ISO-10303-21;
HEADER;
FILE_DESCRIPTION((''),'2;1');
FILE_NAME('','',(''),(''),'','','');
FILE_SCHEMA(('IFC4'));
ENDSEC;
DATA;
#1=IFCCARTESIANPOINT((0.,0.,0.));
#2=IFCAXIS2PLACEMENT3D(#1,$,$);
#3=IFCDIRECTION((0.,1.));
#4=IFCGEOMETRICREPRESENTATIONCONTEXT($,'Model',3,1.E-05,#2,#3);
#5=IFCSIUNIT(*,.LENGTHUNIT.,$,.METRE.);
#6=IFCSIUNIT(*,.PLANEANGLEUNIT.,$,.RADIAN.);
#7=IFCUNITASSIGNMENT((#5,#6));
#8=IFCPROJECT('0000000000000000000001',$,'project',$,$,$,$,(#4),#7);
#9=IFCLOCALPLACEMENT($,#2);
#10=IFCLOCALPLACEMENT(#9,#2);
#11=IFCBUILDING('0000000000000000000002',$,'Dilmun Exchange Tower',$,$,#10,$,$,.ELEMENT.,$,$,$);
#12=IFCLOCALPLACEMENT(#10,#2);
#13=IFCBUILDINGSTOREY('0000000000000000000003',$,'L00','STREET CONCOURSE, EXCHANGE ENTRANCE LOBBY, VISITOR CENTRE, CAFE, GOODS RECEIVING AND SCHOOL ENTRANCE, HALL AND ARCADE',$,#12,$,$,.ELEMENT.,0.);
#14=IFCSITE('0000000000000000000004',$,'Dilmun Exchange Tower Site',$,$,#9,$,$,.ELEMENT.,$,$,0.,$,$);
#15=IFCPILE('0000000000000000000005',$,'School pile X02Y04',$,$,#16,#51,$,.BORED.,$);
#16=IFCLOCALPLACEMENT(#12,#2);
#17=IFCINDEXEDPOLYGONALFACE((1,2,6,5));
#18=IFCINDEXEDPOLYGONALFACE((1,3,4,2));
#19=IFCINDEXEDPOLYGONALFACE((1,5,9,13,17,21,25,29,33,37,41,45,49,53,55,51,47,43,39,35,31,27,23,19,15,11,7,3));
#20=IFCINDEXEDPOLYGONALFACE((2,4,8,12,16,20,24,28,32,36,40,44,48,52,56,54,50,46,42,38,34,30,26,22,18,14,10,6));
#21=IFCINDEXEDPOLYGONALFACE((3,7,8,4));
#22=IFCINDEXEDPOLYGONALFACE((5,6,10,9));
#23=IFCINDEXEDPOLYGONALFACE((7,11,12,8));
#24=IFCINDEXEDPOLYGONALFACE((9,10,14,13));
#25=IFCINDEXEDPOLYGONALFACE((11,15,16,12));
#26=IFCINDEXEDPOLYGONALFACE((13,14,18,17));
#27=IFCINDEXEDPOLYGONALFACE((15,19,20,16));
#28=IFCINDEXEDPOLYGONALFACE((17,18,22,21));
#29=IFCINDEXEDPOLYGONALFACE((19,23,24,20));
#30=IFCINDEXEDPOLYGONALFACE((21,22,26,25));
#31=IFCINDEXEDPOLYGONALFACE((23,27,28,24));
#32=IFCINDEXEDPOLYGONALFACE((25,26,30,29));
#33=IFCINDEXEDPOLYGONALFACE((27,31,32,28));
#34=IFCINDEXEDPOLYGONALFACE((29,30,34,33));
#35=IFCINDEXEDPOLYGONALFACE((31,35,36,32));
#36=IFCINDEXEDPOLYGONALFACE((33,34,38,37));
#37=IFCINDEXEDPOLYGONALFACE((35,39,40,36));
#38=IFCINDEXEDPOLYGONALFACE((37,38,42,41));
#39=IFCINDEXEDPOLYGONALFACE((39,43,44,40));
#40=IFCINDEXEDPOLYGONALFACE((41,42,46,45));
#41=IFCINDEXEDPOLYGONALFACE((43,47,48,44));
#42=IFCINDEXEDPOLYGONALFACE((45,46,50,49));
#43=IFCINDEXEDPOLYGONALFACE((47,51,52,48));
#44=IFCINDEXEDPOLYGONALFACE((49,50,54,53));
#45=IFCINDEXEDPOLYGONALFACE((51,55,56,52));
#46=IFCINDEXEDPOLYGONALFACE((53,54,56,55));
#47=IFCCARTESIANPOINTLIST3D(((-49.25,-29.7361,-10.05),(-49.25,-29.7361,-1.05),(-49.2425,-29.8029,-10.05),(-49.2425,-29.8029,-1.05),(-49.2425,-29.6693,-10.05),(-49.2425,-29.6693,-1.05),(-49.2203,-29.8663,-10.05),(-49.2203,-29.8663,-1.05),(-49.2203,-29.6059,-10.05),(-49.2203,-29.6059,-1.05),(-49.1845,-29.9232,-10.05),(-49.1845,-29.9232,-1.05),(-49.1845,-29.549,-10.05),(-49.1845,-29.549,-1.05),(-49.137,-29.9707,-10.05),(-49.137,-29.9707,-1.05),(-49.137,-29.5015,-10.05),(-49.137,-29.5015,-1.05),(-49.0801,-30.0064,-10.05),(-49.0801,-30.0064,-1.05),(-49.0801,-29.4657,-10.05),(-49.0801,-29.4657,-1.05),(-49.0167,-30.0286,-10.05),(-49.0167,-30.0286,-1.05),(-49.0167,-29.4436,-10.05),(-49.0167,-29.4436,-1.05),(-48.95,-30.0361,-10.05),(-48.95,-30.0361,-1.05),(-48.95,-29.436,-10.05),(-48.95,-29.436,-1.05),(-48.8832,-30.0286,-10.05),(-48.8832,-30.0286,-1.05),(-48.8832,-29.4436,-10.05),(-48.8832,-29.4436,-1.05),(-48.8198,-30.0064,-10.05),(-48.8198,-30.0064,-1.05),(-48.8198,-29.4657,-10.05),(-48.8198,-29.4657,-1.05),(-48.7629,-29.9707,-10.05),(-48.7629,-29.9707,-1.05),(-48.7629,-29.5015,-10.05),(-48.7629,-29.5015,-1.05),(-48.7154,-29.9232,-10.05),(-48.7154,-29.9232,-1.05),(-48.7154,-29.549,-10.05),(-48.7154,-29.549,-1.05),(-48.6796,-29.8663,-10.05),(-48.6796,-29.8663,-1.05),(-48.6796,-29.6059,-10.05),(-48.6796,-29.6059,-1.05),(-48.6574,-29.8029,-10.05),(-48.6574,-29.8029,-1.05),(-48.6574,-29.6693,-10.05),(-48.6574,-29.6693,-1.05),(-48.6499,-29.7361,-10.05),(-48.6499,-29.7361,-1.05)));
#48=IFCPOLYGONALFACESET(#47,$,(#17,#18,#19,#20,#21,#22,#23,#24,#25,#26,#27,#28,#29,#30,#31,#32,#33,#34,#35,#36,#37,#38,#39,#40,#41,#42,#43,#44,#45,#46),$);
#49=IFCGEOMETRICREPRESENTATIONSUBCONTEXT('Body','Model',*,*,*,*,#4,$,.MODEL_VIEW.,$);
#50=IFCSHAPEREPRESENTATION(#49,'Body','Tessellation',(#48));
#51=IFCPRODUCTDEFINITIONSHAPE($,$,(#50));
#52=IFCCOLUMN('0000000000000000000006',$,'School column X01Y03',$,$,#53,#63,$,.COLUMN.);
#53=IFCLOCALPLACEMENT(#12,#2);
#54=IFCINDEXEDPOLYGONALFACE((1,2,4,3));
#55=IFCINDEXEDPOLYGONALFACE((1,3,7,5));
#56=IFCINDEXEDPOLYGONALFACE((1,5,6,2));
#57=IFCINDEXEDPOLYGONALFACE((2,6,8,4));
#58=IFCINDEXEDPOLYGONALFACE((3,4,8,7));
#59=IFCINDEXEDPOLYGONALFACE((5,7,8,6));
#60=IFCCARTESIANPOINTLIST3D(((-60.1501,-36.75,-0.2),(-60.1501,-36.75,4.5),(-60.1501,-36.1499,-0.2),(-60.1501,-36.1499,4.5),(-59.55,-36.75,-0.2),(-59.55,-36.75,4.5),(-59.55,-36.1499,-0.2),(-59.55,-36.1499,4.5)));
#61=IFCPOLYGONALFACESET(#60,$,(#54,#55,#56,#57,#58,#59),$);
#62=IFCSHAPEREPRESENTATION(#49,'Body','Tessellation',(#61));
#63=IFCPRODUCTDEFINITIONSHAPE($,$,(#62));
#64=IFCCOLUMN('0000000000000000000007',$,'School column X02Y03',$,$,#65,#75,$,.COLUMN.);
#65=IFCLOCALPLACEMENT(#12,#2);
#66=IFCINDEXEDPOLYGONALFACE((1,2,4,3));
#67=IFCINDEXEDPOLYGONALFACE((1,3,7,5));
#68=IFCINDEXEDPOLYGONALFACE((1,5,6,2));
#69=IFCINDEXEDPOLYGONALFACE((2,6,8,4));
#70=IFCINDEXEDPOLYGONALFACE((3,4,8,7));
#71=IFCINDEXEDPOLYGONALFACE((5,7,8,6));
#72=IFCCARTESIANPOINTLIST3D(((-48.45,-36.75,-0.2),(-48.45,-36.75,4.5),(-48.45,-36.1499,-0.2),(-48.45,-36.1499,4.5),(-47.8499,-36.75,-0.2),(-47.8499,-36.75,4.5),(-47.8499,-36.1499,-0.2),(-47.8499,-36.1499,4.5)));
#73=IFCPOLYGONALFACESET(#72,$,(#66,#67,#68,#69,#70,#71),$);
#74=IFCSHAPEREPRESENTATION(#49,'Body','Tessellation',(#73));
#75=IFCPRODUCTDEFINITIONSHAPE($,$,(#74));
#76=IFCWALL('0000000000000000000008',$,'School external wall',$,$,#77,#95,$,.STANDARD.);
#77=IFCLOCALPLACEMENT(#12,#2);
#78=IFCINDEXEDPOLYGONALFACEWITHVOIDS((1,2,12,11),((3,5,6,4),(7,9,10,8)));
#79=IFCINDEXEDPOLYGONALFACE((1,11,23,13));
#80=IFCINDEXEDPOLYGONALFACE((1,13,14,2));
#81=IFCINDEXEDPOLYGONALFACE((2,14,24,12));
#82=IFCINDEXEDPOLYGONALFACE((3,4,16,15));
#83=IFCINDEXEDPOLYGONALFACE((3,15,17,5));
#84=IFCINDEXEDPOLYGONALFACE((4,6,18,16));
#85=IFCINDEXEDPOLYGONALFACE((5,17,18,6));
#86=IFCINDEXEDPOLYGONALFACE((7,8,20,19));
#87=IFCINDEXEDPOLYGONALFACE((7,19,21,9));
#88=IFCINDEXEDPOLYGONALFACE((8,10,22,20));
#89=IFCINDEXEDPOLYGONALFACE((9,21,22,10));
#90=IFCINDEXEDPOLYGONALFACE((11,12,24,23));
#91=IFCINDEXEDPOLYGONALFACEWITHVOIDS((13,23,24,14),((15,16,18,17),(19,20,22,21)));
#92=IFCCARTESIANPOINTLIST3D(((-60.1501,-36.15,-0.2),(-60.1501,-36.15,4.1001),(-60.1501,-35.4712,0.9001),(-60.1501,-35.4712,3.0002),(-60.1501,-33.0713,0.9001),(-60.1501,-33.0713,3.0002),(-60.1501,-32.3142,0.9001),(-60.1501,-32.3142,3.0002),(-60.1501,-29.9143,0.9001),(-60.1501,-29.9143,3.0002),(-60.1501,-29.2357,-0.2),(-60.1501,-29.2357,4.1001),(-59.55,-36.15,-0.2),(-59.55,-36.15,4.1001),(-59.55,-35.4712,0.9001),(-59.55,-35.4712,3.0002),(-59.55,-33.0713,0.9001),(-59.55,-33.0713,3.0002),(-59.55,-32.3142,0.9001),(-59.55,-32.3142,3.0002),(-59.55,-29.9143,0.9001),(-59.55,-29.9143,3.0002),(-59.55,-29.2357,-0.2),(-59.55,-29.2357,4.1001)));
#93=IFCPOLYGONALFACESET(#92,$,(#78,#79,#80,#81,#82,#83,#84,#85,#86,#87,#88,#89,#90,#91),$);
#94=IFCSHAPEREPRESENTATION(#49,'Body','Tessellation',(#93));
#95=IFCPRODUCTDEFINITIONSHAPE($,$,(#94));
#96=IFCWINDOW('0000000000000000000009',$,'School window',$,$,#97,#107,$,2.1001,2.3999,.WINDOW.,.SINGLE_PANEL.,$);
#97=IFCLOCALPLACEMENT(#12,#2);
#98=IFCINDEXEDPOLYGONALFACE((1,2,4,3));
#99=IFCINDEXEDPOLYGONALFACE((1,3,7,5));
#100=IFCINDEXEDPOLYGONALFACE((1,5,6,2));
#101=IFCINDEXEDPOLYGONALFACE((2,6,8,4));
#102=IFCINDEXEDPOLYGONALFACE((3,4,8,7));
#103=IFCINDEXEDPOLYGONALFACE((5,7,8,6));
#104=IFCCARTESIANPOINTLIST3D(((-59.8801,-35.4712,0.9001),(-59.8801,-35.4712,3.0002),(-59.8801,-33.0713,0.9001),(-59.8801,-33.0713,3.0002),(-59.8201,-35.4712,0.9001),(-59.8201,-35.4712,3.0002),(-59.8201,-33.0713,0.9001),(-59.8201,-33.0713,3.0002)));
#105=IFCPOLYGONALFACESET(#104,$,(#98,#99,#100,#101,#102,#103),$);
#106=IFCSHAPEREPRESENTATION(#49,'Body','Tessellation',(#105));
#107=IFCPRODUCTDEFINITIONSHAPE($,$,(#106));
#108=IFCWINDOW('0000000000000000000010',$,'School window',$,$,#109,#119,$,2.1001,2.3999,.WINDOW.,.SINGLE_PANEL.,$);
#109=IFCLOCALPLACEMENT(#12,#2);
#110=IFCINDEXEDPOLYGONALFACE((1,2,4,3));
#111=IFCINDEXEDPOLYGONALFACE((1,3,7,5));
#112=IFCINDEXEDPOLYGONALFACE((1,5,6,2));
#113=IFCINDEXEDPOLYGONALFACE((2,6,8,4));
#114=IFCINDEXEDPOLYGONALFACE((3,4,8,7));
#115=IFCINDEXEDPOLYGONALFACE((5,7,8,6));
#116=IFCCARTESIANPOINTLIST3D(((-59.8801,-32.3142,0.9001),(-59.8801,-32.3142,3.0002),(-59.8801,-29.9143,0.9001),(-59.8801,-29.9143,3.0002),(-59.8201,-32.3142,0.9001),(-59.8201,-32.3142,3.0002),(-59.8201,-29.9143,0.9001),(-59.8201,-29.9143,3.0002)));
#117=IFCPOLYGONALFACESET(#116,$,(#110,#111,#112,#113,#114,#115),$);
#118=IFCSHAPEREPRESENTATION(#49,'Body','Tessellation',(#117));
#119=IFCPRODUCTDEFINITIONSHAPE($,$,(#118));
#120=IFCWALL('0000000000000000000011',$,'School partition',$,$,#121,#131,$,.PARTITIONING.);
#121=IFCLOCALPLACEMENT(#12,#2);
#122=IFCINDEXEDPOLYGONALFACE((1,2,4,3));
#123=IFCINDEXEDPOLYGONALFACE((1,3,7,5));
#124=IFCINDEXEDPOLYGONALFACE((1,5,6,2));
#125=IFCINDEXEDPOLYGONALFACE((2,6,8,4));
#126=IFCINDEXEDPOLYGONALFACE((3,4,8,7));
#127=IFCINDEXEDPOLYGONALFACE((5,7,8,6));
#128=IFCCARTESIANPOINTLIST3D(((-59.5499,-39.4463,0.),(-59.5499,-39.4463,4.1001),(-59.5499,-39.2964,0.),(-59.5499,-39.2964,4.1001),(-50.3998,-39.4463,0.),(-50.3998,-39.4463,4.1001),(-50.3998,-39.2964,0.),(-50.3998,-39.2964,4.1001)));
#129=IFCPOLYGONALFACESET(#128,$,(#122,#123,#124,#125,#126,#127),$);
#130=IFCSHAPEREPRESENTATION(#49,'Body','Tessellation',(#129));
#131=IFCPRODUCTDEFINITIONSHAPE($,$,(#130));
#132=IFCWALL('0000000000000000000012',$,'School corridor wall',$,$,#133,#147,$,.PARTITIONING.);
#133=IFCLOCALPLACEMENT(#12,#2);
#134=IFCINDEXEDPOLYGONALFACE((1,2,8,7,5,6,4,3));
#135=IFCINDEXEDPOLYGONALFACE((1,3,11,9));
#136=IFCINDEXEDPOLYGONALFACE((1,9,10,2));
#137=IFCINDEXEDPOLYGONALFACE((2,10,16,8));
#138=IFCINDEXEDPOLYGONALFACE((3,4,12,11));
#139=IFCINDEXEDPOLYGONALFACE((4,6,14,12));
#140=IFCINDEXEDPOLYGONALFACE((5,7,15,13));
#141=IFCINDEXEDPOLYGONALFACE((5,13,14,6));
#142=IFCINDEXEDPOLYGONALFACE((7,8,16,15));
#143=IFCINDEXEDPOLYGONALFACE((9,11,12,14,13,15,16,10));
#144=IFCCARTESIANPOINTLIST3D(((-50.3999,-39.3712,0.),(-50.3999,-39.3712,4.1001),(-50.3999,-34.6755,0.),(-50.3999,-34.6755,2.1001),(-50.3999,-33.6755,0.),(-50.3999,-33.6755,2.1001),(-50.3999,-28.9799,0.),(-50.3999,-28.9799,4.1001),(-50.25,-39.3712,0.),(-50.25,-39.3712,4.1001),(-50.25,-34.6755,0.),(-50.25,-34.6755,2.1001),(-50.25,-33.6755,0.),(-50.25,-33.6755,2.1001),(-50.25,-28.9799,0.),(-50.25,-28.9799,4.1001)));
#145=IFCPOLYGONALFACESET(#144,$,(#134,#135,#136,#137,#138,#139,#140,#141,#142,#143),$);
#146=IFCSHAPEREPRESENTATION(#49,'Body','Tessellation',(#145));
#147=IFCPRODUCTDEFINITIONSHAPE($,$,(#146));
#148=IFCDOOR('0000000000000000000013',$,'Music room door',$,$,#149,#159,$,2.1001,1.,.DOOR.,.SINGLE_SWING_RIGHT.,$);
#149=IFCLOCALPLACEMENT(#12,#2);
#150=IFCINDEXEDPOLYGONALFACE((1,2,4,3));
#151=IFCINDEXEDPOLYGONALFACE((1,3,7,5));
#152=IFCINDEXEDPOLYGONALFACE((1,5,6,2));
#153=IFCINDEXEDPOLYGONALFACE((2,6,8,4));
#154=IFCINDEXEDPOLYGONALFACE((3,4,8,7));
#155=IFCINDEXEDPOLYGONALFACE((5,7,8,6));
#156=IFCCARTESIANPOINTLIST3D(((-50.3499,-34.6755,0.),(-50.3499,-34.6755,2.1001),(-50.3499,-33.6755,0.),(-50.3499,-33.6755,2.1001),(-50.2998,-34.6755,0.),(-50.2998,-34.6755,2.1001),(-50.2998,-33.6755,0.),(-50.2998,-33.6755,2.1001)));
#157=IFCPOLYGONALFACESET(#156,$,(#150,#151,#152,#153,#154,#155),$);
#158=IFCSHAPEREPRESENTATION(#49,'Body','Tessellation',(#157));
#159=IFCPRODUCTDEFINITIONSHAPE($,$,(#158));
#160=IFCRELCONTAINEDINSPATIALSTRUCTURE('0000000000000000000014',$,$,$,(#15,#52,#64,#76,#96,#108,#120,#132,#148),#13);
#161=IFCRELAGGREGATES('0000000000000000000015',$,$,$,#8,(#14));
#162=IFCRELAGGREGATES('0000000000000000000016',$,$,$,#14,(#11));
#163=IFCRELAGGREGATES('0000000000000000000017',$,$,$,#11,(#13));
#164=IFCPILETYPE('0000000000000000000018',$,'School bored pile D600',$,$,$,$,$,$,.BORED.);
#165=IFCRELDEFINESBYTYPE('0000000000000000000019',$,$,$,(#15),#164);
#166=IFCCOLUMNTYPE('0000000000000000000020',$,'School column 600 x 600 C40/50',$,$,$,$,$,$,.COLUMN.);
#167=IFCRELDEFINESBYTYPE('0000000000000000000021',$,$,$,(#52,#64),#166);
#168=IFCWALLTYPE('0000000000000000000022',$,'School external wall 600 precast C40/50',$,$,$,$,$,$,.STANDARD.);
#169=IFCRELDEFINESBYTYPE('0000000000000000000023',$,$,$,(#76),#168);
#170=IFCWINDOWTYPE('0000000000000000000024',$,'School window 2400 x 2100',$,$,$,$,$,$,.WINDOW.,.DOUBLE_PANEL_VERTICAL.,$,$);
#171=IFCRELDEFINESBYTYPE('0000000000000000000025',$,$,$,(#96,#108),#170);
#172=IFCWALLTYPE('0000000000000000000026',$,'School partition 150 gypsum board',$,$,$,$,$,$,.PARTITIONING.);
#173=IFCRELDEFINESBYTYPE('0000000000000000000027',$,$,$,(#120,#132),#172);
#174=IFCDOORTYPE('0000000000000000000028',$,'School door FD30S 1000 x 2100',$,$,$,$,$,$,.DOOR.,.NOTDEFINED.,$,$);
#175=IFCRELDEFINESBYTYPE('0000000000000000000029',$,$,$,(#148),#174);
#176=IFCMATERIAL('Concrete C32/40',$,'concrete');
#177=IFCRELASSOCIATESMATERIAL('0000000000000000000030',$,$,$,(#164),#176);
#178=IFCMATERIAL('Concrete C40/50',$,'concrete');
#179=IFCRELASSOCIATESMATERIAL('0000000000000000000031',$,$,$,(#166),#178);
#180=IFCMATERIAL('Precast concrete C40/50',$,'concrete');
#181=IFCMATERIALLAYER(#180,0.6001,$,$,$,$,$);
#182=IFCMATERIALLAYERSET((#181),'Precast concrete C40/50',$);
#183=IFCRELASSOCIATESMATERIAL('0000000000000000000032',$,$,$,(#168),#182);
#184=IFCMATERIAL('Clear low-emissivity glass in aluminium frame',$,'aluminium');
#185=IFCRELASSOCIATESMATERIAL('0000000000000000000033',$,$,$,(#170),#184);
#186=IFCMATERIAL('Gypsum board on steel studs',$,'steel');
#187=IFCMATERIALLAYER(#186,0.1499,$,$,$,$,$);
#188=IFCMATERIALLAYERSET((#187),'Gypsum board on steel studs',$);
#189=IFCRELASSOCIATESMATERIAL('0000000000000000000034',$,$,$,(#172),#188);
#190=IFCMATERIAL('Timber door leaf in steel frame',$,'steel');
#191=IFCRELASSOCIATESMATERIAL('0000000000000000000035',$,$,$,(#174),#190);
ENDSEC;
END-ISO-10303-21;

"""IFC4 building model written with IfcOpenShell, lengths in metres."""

from ifc_helpers import new_model, si_unit, direction, frame, frame_2d, origin, origin_2d, place, context, subcontext, project, spatial, rectangle, circle, extrude, material, layer, layer_set, material_profile, profile_set, type_object, element, fill, save


model = new_model("IFC4")

# Units and contexts
model_context = context("Model", 3, precision=1e-05, world=origin(), true_north=direction((0.0, 1.0)))
body_context = subcontext(model_context, "Body", "Model", "MODEL_VIEW")
ifc_project = project(units=[si_unit("LENGTHUNIT", "METRE"), si_unit("PLANEANGLEUNIT", "RADIAN")], contexts=[model_context])

# Site, building, storey
site_placement = place(None, origin())
site = spatial("IfcSite", under=ifc_project, at=site_placement, Name="Dilmun Exchange Tower Site", CompositionType="ELEMENT", RefElevation=0.0)
building_placement = place(site_placement, origin())
building = spatial("IfcBuilding", under=site, at=building_placement, Name="Dilmun Exchange Tower", CompositionType="ELEMENT")
storey_placement = place(building_placement, origin())
storey = spatial("IfcBuildingStorey", under=building, at=storey_placement, Name="L00", Description="STREET CONCOURSE, EXCHANGE ENTRANCE LOBBY, VISITOR CENTRE, CAFE, GOODS RECEIVING AND SCHOOL ENTRANCE, HALL AND ARCADE", CompositionType="ELEMENT", Elevation=0.0)

# Pile
ifc_material_1 = material(Name="Concrete C32/40", Category="concrete")
ifc_material_profile_1 = material_profile(ifc_material_1, circle(Radius=0.3, at=origin_2d()), Name="D600")
ifc_profile_set_1 = profile_set([ifc_material_profile_1], Name="Concrete C32/40")
pile_type = type_object("IfcPileType", Name="School bored pile D600", PredefinedType="BORED", material=ifc_profile_set_1)
for number, where, z_axis, x_axis, name in (
    (1, (-48.95, -29.7361, -1.05), (0.0, 0.0, -1.0), (1.0, 0.0, 0.0), "School pile X02Y04"),
):
    element("IfcPile", number, at=place(storey_placement, frame(where, z_axis=z_axis, x_axis=x_axis)), inside=storey, type_object=pile_type, Name=name, PredefinedType="BORED", context=body_context, shape_type="SweptSolid", body=[
        extrude(circle(Radius=0.3, at=origin_2d()), origin(), (0.0, 0.0, 1.0), 9.0),
    ])

# Columns
ifc_material_2 = material(Name="Concrete C40/50", Category="concrete")
ifc_material_profile_2 = material_profile(ifc_material_2, rectangle(XDim=0.6001, YDim=0.6001, at=origin_2d()), Name="600 x 600")
ifc_profile_set_2 = profile_set([ifc_material_profile_2], Name="Concrete C40/50")
column_type = type_object("IfcColumnType", Name="School column 600 x 600 C40/50", PredefinedType="COLUMN", material=ifc_profile_set_2)
for number, where, z_axis, x_axis, name in (
    (2, (-59.8501, -36.45, -0.2), (0.0, 0.0, 1.0), (1.0, 0.0, 0.0), "School column X01Y03"),
    (3, (-48.1499, -36.45, -0.2), (0.0, 0.0, 1.0), (1.0, 0.0, 0.0), "School column X02Y03"),
):
    element("IfcColumn", number, at=place(storey_placement, frame(where, z_axis=z_axis, x_axis=x_axis)), inside=storey, type_object=column_type, Name=name, PredefinedType="COLUMN", context=body_context, shape_type="SweptSolid", body=[
        extrude(rectangle(XDim=0.6001, YDim=0.6001, at=origin_2d()), origin(), (0.0, 0.0, 1.0), 4.7),
    ])

# Wall, openings, windows
ifc_material_3 = material(Name="Precast concrete C40/50", Category="concrete")
ifc_layer_1 = layer(ifc_material_3, 0.6001)
ifc_layer_set_1 = layer_set([ifc_layer_1], Name="Precast concrete C40/50")
wall_type_1 = type_object("IfcWallType", Name="School external wall 600 precast C40/50", PredefinedType="STANDARD", material=ifc_layer_set_1)
wall_1_placement = place(storey_placement, frame((-59.8501, -36.1499, -0.2), z_axis=(0.0, 0.0, 1.0), x_axis=(0.0, 1.0, 0.0)))
wall_1 = element("IfcWall", 4, at=wall_1_placement, inside=storey, type_object=wall_type_1, Name="School external wall", PredefinedType="STANDARD", context=body_context, shape_type="SweptSolid", body=[
    extrude(rectangle(XDim=6.9143, YDim=0.6001, at=frame_2d((3.457, 0.0))), origin(), (0.0, 0.0, 1.0), 4.3),
])
opening_1_placement = place(wall_1_placement, frame((0.6787, 0.0, 1.1001)))
opening_1 = element("IfcOpeningElement", 5, at=opening_1_placement, cuts=wall_1, PredefinedType="OPENING", context=body_context, shape_type="SweptSolid", body=[
    extrude(rectangle(XDim=2.3999, YDim=2.1001, at=frame_2d((1.2, 1.05))), frame((0.0, 0.3101, 0.0), z_axis=(0.0, -1.0, 0.0), x_axis=(1.0, 0.0, 0.0)), (0.0, 0.0, 1.0), 0.6201),
])
opening_2_placement = place(wall_1_placement, frame((3.8357, 0.0, 1.1001)))
opening_2 = element("IfcOpeningElement", 6, at=opening_2_placement, cuts=wall_1, PredefinedType="OPENING", context=body_context, shape_type="SweptSolid", body=[
    extrude(rectangle(XDim=2.3999, YDim=2.1001, at=frame_2d((1.2, 1.05))), frame((0.0, 0.3101, 0.0), z_axis=(0.0, -1.0, 0.0), x_axis=(1.0, 0.0, 0.0)), (0.0, 0.0, 1.0), 0.6201),
])
ifc_material_4 = material(Name="Clear low-emissivity glass in aluminium frame", Category="aluminium")
window_type = type_object("IfcWindowType", Name="School window 2400 x 2100", PartitioningType="DOUBLE_PANEL_VERTICAL", PredefinedType="WINDOW", material=ifc_material_4)
window_1_placement = place(opening_1_placement, origin())
window_1 = element("IfcWindow", 7, at=window_1_placement, inside=storey, type_object=window_type, Name="School window", OverallHeight=2.1001, OverallWidth=2.3999, PartitioningType="SINGLE_PANEL", PredefinedType="WINDOW", context=body_context, shape_type="SweptSolid", body=[
    extrude(rectangle(XDim=2.3999, YDim=2.1001, at=frame_2d((1.2, 1.05))), frame((0.0, 0.03, 0.0), z_axis=(0.0, -1.0, 0.0), x_axis=(1.0, 0.0, 0.0)), (0.0, 0.0, 1.0), 0.0601),
])
fill(opening_1, window_1)
window_2_placement = place(opening_2_placement, origin())
window_2 = element("IfcWindow", 8, at=window_2_placement, inside=storey, type_object=window_type, Name="School window", OverallHeight=2.1001, OverallWidth=2.3999, PartitioningType="SINGLE_PANEL", PredefinedType="WINDOW", context=body_context, shape_type="SweptSolid", body=[
    extrude(rectangle(XDim=2.3999, YDim=2.1001, at=frame_2d((1.2, 1.05))), frame((0.0, 0.03, 0.0), z_axis=(0.0, -1.0, 0.0), x_axis=(1.0, 0.0, 0.0)), (0.0, 0.0, 1.0), 0.0601),
])
fill(opening_2, window_2)

# Wall
ifc_material_5 = material(Name="Gypsum board on steel studs", Category="steel")
ifc_layer_2 = layer(ifc_material_5, 0.1499)
ifc_layer_set_2 = layer_set([ifc_layer_2], Name="Gypsum board on steel studs")
wall_type_2 = type_object("IfcWallType", Name="School partition 150 gypsum board", PredefinedType="PARTITIONING", material=ifc_layer_set_2)
wall_2_placement = place(storey_placement, frame((-59.55, -39.3713, 0.0), z_axis=(0.0, 0.0, 1.0), x_axis=(1.0, 0.0, 0.0)))
element("IfcWall", 9, at=wall_2_placement, inside=storey, type_object=wall_type_2, Name="School partition", PredefinedType="PARTITIONING", context=body_context, shape_type="SweptSolid", body=[
    extrude(rectangle(XDim=9.1501, YDim=0.1499, at=frame_2d((4.5752, 0.0))), origin(), (0.0, 0.0, 1.0), 4.1001),
])

# Wall, opening, door
wall_3_placement = place(storey_placement, frame((-50.325, -39.3713, 0.0), z_axis=(0.0, 0.0, 1.0), x_axis=(0.0, 1.0, 0.0)))
wall_3 = element("IfcWall", 10, at=wall_3_placement, inside=storey, type_object=wall_type_2, Name="School corridor wall", PredefinedType="PARTITIONING", context=body_context, shape_type="SweptSolid", body=[
    extrude(rectangle(XDim=10.3914, YDim=0.1499, at=frame_2d((5.1958, 0.0))), origin(), (0.0, 0.0, 1.0), 4.1001),
])
opening_3_placement = place(wall_3_placement, frame((4.6958, 0.0, 0.0)))
opening_3 = element("IfcOpeningElement", 11, at=opening_3_placement, cuts=wall_3, PredefinedType="OPENING", context=body_context, shape_type="SweptSolid", body=[
    extrude(rectangle(XDim=1.0, YDim=2.1001, at=frame_2d((0.5, 1.05))), frame((0.0, 0.085, 0.0), z_axis=(0.0, -1.0, 0.0), x_axis=(1.0, 0.0, 0.0)), (0.0, 0.0, 1.0), 0.1699),
])
ifc_material_6 = material(Name="Timber door leaf in steel frame", Category="steel")
door_type_1 = type_object("IfcDoorType", Name="School door FD30S 1000 x 2100", OperationType="NOTDEFINED", PredefinedType="DOOR", material=ifc_material_6)
door_1_placement = place(opening_3_placement, origin())
door_1 = element("IfcDoor", 12, at=door_1_placement, inside=storey, type_object=door_type_1, Name="Music room door", OperationType="SINGLE_SWING_RIGHT", OverallHeight=2.1001, OverallWidth=1.0, PredefinedType="DOOR", context=body_context, shape_type="SweptSolid", body=[
    extrude(rectangle(XDim=1.0, YDim=2.1001, at=frame_2d((0.5, 1.05))), frame((0.0, 0.0249, 0.0), z_axis=(0.0, -1.0, 0.0), x_axis=(1.0, 0.0, 0.0)), (0.0, 0.0, 1.0), 0.05),
])
fill(opening_3, door_1)

save(model, "model.ifc")
